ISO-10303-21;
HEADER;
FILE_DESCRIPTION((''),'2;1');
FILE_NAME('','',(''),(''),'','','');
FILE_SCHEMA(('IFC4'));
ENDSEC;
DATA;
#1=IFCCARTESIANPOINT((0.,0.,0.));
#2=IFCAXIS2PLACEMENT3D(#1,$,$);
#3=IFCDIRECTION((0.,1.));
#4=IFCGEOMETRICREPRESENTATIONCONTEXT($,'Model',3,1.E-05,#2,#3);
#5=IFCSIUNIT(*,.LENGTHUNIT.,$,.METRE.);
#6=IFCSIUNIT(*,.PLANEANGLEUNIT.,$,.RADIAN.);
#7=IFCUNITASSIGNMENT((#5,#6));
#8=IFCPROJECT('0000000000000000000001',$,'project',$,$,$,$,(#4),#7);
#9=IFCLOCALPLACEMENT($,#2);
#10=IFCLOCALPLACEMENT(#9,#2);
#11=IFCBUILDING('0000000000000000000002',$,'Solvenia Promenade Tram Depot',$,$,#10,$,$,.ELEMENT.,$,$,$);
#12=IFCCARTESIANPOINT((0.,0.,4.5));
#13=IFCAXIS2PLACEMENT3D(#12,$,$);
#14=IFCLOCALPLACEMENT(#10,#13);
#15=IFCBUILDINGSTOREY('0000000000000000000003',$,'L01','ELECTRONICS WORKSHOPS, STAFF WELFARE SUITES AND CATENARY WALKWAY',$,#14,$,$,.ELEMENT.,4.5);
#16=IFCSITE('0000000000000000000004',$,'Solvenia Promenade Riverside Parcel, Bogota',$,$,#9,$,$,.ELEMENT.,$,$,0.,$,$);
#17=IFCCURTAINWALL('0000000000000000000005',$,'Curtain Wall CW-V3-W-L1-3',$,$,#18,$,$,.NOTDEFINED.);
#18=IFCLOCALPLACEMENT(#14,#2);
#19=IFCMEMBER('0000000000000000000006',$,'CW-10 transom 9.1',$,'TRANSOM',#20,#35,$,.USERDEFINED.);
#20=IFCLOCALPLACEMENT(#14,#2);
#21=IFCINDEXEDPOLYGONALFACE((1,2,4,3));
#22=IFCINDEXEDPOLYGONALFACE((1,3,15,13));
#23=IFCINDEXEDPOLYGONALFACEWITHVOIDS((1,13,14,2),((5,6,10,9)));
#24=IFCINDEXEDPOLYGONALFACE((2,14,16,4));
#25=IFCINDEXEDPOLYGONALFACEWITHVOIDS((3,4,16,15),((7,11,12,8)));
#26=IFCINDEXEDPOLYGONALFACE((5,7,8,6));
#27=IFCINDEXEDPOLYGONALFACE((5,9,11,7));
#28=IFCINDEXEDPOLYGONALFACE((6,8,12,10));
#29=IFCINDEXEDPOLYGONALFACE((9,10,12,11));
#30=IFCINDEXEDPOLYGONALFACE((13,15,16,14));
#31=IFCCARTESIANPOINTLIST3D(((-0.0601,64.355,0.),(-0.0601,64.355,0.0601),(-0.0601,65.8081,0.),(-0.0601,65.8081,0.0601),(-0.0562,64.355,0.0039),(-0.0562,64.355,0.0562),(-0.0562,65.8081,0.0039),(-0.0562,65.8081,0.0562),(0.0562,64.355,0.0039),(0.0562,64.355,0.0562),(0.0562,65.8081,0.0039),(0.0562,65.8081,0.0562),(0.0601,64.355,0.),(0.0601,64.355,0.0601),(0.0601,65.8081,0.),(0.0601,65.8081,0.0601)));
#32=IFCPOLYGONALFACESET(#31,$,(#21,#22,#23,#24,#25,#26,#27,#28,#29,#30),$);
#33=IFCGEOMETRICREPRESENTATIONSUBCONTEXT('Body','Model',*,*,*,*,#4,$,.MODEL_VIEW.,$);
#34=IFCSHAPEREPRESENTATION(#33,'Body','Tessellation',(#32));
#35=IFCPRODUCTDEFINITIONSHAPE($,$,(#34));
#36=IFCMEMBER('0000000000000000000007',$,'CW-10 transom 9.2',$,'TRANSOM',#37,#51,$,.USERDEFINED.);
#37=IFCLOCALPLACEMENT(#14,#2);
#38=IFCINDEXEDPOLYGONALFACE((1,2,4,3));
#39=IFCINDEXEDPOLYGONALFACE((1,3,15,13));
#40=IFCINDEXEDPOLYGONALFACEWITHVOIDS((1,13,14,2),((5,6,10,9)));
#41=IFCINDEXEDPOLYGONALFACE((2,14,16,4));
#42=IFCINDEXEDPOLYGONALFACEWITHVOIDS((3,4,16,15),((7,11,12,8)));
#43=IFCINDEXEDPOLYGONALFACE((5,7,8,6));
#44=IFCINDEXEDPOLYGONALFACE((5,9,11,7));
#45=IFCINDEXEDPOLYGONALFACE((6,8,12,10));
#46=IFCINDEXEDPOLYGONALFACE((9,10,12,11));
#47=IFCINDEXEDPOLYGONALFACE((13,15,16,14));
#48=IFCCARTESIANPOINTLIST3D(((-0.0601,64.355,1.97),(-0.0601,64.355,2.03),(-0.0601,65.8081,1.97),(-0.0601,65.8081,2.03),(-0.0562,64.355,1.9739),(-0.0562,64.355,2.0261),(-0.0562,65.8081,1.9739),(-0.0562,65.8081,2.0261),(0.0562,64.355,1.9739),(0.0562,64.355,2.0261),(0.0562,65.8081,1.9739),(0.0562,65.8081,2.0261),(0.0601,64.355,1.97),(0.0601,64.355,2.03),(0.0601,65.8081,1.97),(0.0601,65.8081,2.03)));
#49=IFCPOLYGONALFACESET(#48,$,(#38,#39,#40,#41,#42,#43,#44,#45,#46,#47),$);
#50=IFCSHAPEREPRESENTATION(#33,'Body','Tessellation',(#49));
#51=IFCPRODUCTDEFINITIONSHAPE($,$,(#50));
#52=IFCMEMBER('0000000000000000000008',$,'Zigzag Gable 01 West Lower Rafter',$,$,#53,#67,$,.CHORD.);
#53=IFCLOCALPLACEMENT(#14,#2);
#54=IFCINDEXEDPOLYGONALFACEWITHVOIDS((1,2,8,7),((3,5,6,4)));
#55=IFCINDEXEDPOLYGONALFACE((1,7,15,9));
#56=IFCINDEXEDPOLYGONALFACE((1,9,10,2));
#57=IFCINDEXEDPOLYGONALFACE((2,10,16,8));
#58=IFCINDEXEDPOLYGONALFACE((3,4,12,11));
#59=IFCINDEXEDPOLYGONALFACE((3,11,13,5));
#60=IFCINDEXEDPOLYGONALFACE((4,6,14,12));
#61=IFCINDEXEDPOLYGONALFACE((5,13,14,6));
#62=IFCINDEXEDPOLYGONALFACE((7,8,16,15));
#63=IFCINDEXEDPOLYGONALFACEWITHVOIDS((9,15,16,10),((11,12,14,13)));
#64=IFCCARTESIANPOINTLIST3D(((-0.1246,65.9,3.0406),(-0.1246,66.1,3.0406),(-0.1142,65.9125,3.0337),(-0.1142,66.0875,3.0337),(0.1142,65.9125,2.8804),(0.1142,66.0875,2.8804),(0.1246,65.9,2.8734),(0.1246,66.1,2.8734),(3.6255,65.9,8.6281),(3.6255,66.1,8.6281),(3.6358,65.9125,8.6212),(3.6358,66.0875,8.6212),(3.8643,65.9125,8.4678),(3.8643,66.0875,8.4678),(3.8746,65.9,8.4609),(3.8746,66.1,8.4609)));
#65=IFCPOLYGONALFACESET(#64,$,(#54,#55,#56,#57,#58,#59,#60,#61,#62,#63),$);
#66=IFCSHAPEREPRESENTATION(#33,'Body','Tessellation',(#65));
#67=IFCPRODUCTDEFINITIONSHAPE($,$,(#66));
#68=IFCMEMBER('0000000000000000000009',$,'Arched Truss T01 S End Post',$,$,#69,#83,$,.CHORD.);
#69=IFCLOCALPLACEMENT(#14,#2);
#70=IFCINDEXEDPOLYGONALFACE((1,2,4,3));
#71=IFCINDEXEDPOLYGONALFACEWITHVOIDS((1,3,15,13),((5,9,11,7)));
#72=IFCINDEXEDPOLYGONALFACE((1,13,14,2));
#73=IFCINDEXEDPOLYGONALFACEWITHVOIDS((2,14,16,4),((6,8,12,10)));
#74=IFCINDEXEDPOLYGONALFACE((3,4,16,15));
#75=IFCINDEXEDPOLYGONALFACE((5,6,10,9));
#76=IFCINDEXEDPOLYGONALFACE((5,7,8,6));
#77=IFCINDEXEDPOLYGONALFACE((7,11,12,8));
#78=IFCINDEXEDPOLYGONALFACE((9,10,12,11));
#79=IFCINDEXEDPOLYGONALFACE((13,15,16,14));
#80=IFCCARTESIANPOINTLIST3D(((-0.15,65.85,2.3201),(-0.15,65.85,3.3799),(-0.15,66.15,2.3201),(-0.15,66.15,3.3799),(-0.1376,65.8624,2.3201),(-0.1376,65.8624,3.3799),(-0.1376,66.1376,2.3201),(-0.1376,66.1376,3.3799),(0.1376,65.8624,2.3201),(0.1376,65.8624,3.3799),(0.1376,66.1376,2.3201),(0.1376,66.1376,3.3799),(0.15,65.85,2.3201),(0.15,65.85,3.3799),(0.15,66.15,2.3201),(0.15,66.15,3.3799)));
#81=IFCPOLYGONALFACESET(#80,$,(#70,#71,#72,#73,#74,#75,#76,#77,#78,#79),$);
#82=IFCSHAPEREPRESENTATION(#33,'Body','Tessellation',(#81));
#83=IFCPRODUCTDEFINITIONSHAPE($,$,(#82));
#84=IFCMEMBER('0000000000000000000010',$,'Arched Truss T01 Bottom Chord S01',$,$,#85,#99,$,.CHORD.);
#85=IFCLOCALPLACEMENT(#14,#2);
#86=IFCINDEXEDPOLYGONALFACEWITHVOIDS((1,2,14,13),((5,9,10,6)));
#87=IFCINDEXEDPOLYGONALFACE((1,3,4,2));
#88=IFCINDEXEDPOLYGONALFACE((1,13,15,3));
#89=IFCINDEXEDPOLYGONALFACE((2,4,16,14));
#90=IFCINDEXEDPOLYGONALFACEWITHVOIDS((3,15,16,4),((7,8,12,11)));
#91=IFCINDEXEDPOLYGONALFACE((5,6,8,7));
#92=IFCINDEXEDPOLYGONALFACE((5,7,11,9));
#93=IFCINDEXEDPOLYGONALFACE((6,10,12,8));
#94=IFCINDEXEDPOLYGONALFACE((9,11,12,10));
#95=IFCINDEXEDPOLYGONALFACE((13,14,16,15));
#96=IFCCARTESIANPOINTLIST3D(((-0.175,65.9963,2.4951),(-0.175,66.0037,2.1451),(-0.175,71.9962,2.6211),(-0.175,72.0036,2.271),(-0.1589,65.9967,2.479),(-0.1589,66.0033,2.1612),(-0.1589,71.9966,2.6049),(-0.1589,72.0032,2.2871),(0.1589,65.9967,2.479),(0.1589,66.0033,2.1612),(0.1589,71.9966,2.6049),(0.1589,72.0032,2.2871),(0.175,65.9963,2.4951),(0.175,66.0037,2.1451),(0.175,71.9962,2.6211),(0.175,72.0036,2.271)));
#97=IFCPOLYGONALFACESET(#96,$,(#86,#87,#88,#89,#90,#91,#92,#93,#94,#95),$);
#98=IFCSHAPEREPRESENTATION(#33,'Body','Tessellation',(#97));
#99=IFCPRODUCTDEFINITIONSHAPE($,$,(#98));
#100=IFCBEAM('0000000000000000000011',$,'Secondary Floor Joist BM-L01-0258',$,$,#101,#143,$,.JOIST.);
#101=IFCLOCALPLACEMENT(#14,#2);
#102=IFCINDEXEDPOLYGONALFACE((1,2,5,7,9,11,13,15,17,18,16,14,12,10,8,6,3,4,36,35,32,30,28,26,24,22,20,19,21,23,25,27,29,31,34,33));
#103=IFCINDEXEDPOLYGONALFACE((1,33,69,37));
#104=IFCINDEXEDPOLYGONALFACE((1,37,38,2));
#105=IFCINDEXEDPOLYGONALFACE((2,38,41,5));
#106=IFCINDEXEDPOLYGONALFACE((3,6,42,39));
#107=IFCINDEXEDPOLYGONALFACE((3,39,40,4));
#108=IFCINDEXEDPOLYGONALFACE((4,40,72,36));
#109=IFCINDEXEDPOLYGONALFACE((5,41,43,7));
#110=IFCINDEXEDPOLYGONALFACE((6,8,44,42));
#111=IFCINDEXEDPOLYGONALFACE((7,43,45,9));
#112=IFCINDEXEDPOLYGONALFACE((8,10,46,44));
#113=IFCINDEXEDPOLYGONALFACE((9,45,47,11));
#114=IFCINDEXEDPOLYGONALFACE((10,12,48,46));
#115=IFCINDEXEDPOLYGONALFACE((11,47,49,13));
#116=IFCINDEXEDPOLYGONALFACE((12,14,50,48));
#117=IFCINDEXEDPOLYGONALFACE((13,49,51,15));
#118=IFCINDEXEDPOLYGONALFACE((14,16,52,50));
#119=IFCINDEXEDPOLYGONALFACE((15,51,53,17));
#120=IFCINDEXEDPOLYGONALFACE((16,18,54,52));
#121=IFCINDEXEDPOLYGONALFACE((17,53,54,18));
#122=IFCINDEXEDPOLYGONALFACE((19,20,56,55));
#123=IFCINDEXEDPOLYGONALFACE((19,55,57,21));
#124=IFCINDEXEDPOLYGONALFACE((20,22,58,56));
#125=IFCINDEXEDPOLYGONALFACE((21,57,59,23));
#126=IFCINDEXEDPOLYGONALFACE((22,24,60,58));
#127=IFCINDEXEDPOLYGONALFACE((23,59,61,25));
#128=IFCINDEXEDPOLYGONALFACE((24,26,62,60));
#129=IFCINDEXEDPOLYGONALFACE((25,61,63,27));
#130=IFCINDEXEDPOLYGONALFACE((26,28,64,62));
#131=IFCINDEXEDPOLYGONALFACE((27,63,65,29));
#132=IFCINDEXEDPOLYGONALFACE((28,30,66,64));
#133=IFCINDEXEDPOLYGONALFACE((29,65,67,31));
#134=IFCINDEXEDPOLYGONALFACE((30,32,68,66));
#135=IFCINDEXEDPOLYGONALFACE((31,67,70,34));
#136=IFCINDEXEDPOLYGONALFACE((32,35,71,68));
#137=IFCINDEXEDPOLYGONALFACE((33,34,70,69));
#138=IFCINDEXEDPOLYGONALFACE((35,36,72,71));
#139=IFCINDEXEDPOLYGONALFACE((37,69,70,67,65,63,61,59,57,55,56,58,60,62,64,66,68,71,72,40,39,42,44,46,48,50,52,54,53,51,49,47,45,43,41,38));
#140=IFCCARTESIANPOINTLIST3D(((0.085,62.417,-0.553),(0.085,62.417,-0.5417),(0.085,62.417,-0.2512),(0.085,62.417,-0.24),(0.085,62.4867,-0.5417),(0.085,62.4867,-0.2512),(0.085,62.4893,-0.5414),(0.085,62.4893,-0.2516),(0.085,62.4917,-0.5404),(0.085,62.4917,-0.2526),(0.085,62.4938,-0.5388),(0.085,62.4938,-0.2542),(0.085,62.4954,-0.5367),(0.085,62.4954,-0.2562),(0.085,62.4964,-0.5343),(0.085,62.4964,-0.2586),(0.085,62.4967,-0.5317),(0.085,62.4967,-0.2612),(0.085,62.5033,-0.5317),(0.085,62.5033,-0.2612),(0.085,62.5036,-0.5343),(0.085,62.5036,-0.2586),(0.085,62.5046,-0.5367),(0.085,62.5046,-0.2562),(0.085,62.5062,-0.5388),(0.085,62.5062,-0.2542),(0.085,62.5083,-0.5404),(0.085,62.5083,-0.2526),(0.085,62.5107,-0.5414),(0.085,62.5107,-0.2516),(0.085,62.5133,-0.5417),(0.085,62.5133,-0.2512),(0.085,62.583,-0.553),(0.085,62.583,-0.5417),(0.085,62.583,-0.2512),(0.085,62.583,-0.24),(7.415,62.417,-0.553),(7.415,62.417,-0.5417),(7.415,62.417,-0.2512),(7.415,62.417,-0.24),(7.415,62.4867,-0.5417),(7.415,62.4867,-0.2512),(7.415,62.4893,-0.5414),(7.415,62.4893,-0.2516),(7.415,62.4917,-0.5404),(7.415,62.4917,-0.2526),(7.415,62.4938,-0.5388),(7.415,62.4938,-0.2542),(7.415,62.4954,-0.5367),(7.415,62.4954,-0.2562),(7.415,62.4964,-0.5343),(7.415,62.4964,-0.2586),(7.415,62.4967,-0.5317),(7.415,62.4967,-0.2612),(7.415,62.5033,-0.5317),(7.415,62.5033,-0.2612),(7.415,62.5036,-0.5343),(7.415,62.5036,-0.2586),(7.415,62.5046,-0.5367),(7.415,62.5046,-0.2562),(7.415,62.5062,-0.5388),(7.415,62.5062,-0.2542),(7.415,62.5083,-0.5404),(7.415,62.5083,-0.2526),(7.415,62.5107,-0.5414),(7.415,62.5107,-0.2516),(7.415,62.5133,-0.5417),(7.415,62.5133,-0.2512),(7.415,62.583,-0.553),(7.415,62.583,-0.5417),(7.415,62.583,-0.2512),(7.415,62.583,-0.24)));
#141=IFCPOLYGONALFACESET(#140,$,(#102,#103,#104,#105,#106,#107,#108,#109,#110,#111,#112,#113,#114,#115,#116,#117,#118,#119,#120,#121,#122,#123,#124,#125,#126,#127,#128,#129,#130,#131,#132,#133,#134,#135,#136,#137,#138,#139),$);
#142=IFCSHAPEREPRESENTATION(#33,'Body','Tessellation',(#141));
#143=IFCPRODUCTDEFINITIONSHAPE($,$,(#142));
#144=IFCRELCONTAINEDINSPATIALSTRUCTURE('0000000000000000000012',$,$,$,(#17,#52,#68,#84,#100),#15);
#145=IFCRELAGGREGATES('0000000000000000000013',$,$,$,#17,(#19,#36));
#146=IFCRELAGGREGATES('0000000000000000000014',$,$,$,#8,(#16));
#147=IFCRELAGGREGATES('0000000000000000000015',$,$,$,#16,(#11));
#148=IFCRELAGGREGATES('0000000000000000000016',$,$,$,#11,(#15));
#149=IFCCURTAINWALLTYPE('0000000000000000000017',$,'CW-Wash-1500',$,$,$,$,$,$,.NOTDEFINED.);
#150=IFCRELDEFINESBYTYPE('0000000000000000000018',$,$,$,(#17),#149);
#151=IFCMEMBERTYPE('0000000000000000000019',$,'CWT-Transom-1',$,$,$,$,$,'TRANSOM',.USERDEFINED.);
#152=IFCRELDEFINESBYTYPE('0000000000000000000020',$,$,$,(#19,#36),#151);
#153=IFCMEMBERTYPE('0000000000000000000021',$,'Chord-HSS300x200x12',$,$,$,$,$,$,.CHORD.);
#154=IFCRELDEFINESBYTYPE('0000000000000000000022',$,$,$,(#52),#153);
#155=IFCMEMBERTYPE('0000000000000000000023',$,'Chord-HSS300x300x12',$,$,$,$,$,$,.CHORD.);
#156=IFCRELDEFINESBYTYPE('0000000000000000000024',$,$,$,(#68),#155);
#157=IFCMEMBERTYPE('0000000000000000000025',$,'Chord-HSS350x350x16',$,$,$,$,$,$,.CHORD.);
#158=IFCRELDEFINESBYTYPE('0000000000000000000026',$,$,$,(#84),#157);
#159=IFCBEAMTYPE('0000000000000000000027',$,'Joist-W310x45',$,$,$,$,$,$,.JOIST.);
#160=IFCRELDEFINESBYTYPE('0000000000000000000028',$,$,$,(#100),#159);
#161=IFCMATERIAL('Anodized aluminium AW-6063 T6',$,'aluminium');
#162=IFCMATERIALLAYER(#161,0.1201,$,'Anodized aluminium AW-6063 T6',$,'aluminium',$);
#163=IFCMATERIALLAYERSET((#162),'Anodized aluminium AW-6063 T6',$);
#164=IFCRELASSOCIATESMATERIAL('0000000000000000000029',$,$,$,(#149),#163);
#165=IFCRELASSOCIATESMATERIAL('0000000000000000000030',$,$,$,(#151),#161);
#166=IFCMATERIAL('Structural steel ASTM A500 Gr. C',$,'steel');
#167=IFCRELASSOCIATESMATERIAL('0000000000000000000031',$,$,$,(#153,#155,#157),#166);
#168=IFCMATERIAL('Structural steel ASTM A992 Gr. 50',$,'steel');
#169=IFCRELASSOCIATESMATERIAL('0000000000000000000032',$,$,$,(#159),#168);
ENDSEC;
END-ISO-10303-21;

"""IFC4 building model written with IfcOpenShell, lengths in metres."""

from ifc_helpers import new_model, si_unit, direction, frame, origin, origin_2d, place, context, subcontext, project, spatial, hollow_rectangle, i_section, extrude, material, layer, layer_set, material_profile, profile_set, type_object, element, aggregate, save


model = new_model("IFC4")

# Units and contexts
model_context = context("Model", 3, precision=1e-05, world=origin(), true_north=direction((0.0, 1.0)))
body_context = subcontext(model_context, "Body", "Model", "MODEL_VIEW")
ifc_project = project(units=[si_unit("LENGTHUNIT", "METRE"), si_unit("PLANEANGLEUNIT", "RADIAN")], contexts=[model_context])

# Site, building, storey
site_placement = place(None, origin())
site = spatial("IfcSite", under=ifc_project, at=site_placement, Name="Solvenia Promenade Riverside Parcel, Bogota", CompositionType="ELEMENT", RefElevation=0.0)
building_placement = place(site_placement, origin())
building = spatial("IfcBuilding", under=site, at=building_placement, Name="Solvenia Promenade Tram Depot", CompositionType="ELEMENT")
storey_placement = place(building_placement, frame((0.0, 0.0, 4.5)))
storey = spatial("IfcBuildingStorey", under=building, at=storey_placement, Name="L01", Description="ELECTRONICS WORKSHOPS, STAFF WELFARE SUITES AND CATENARY WALKWAY", CompositionType="ELEMENT", Elevation=4.5)

# Shared definitions
ifc_material_1 = material(Name="Structural steel ASTM A992 Gr. 50", Category="steel")

# Curtain wall, members
ifc_material_2 = material(Name="Anodized aluminium AW-6063 T6", Category="aluminium")
ifc_layer_1 = layer(ifc_material_2, 0.1201, Name="Anodized aluminium AW-6063 T6", Category="aluminium")
ifc_layer_set_1 = layer_set([ifc_layer_1], Name="Anodized aluminium AW-6063 T6")
curtain_wall_type = type_object("IfcCurtainWallType", Name="CW-Wash-1500", PredefinedType="NOTDEFINED", material=ifc_layer_set_1)
curtain_wall_placement = place(storey_placement, origin())
curtain_wall = element("IfcCurtainWall", 1, at=curtain_wall_placement, inside=storey, type_object=curtain_wall_type, Name="Curtain Wall CW-V3-W-L1-3", PredefinedType="NOTDEFINED")
ifc_material_profile_1 = material_profile(ifc_material_2, hollow_rectangle(XDim=0.1201, YDim=0.0601, WallThickness=0.0039, at=origin_2d()), Name="ALU-T1", Category="aluminium")
ifc_profile_set_1 = profile_set([ifc_material_profile_1], Name="Anodized aluminium AW-6063 T6")
member_type_1 = type_object("IfcMemberType", Name="CWT-Transom-1", ElementType="TRANSOM", PredefinedType="USERDEFINED", material=ifc_profile_set_1)
member_1_placement = place(storey_placement, frame((0.0, 64.355, 0.03), z_axis=(0.0, 1.0, 0.0), x_axis=(-1.0, 0.0, 0.0)))
member_1 = element("IfcMember", 2, at=member_1_placement, type_object=member_type_1, Name="CW-10 transom 9.1", ObjectType="TRANSOM", PredefinedType="USERDEFINED", context=body_context, shape_type="SweptSolid", body=[
    extrude(hollow_rectangle(XDim=0.1201, YDim=0.0601, WallThickness=0.0039, at=origin_2d()), origin(), (0.0, 0.0, 1.0), 1.4531),
])
member_2_placement = place(storey_placement, frame((0.0, 64.355, 2.0), z_axis=(0.0, 1.0, 0.0), x_axis=(-1.0, 0.0, 0.0)))
member_2 = element("IfcMember", 3, at=member_2_placement, type_object=member_type_1, Name="CW-10 transom 9.2", ObjectType="TRANSOM", PredefinedType="USERDEFINED", context=body_context, shape_type="SweptSolid", body=[
    extrude(hollow_rectangle(XDim=0.1201, YDim=0.0601, WallThickness=0.0039, at=origin_2d()), origin(), (0.0, 0.0, 1.0), 1.4531),
])

# Members
ifc_material_3 = material(Name="Structural steel ASTM A500 Gr. C", Category="steel")
ifc_material_profile_2 = material_profile(ifc_material_3, hollow_rectangle(XDim=0.2, YDim=0.3, WallThickness=0.0125, at=origin_2d()), Name="HSS300x200x12.5", Category="steel")
ifc_profile_set_2 = profile_set([ifc_material_profile_2], Name="Structural steel ASTM A500 Gr. C")
member_type_2 = type_object("IfcMemberType", Name="Chord-HSS300x200x12", PredefinedType="CHORD", material=ifc_profile_set_2)
member_3_placement = place(storey_placement, frame((0.0, 66.0, 2.957), z_axis=(0.557276, 0.0, 0.830327), x_axis=(0.0, 1.0, 0.0)))
element("IfcMember", 4, at=member_3_placement, inside=storey, type_object=member_type_2, Name="Zigzag Gable 01 West Lower Rafter", PredefinedType="CHORD", context=body_context, shape_type="SweptSolid", body=[
    extrude(hollow_rectangle(XDim=0.2, YDim=0.3, WallThickness=0.0125, at=origin_2d()), origin(), (0.0, 0.0, 1.0), 6.7292),
])
ifc_material_profile_3 = material_profile(ifc_material_3, hollow_rectangle(XDim=0.3, YDim=0.3, WallThickness=0.0125, at=origin_2d()), Name="HSS300x300x12.5", Category="steel")
ifc_profile_set_3 = profile_set([ifc_material_profile_3], Name="Structural steel ASTM A500 Gr. C")
member_type_3 = type_object("IfcMemberType", Name="Chord-HSS300x300x12", PredefinedType="CHORD", material=ifc_profile_set_3)
member_4_placement = place(storey_placement, frame((0.0, 66.0, 2.3201), z_axis=(0.0, 0.0, 1.0), x_axis=(1.0, 0.0, 0.0)))
element("IfcMember", 5, at=member_4_placement, inside=storey, type_object=member_type_3, Name="Arched Truss T01 S End Post", PredefinedType="CHORD", context=body_context, shape_type="SweptSolid", body=[
    extrude(hollow_rectangle(XDim=0.3, YDim=0.3, WallThickness=0.0125, at=origin_2d()), origin(), (0.0, 0.0, 1.0), 1.0598),
])
ifc_material_profile_4 = material_profile(ifc_material_3, hollow_rectangle(XDim=0.3501, YDim=0.3501, WallThickness=0.0161, at=origin_2d()), Name="HSS350x350x16", Category="steel")
ifc_profile_set_4 = profile_set([ifc_material_profile_4], Name="Structural steel ASTM A500 Gr. C")
member_type_4 = type_object("IfcMemberType", Name="Chord-HSS350x350x16", PredefinedType="CHORD", material=ifc_profile_set_4)
member_5_placement = place(storey_placement, frame((0.0, 66.0, 2.3201), z_axis=(0.0, 0.99978, 0.020991), x_axis=(-1.0, 0.0, 0.0)))
element("IfcMember", 6, at=member_5_placement, inside=storey, type_object=member_type_4, Name="Arched Truss T01 Bottom Chord S01", PredefinedType="CHORD", context=body_context, shape_type="SweptSolid", body=[
    extrude(hollow_rectangle(XDim=0.3501, YDim=0.3501, WallThickness=0.0161, at=origin_2d()), origin(), (0.0, 0.0, 1.0), 6.0012),
])

# Beam
ifc_material_profile_5 = material_profile(ifc_material_1, i_section(OverallWidth=0.166, OverallDepth=0.313, WebThickness=0.0066, FlangeThickness=0.0112, FilletRadius=0.01, at=origin_2d()), Name="W310x45", Category="steel")
ifc_profile_set_5 = profile_set([ifc_material_profile_5], Name="Structural steel ASTM A992 Gr. 50")
beam_type_1 = type_object("IfcBeamType", Name="Joist-W310x45", PredefinedType="JOIST", material=ifc_profile_set_5)
beam_1_placement = place(storey_placement, frame((0.085, 62.5, -0.3965), z_axis=(1.0, 0.0, 0.0), x_axis=(0.0, 1.0, 0.0)))
element("IfcBeam", 7, at=beam_1_placement, inside=storey, type_object=beam_type_1, Name="Secondary Floor Joist BM-L01-0258", PredefinedType="JOIST", context=body_context, shape_type="SweptSolid", body=[
    extrude(i_section(OverallWidth=0.166, OverallDepth=0.313, WebThickness=0.0066, FlangeThickness=0.0112, FilletRadius=0.01, at=origin_2d()), origin(), (0.0, 0.0, 1.0), 7.3301),
])

aggregate(curtain_wall, [member_1, member_2])

save(model, "model.ifc")
